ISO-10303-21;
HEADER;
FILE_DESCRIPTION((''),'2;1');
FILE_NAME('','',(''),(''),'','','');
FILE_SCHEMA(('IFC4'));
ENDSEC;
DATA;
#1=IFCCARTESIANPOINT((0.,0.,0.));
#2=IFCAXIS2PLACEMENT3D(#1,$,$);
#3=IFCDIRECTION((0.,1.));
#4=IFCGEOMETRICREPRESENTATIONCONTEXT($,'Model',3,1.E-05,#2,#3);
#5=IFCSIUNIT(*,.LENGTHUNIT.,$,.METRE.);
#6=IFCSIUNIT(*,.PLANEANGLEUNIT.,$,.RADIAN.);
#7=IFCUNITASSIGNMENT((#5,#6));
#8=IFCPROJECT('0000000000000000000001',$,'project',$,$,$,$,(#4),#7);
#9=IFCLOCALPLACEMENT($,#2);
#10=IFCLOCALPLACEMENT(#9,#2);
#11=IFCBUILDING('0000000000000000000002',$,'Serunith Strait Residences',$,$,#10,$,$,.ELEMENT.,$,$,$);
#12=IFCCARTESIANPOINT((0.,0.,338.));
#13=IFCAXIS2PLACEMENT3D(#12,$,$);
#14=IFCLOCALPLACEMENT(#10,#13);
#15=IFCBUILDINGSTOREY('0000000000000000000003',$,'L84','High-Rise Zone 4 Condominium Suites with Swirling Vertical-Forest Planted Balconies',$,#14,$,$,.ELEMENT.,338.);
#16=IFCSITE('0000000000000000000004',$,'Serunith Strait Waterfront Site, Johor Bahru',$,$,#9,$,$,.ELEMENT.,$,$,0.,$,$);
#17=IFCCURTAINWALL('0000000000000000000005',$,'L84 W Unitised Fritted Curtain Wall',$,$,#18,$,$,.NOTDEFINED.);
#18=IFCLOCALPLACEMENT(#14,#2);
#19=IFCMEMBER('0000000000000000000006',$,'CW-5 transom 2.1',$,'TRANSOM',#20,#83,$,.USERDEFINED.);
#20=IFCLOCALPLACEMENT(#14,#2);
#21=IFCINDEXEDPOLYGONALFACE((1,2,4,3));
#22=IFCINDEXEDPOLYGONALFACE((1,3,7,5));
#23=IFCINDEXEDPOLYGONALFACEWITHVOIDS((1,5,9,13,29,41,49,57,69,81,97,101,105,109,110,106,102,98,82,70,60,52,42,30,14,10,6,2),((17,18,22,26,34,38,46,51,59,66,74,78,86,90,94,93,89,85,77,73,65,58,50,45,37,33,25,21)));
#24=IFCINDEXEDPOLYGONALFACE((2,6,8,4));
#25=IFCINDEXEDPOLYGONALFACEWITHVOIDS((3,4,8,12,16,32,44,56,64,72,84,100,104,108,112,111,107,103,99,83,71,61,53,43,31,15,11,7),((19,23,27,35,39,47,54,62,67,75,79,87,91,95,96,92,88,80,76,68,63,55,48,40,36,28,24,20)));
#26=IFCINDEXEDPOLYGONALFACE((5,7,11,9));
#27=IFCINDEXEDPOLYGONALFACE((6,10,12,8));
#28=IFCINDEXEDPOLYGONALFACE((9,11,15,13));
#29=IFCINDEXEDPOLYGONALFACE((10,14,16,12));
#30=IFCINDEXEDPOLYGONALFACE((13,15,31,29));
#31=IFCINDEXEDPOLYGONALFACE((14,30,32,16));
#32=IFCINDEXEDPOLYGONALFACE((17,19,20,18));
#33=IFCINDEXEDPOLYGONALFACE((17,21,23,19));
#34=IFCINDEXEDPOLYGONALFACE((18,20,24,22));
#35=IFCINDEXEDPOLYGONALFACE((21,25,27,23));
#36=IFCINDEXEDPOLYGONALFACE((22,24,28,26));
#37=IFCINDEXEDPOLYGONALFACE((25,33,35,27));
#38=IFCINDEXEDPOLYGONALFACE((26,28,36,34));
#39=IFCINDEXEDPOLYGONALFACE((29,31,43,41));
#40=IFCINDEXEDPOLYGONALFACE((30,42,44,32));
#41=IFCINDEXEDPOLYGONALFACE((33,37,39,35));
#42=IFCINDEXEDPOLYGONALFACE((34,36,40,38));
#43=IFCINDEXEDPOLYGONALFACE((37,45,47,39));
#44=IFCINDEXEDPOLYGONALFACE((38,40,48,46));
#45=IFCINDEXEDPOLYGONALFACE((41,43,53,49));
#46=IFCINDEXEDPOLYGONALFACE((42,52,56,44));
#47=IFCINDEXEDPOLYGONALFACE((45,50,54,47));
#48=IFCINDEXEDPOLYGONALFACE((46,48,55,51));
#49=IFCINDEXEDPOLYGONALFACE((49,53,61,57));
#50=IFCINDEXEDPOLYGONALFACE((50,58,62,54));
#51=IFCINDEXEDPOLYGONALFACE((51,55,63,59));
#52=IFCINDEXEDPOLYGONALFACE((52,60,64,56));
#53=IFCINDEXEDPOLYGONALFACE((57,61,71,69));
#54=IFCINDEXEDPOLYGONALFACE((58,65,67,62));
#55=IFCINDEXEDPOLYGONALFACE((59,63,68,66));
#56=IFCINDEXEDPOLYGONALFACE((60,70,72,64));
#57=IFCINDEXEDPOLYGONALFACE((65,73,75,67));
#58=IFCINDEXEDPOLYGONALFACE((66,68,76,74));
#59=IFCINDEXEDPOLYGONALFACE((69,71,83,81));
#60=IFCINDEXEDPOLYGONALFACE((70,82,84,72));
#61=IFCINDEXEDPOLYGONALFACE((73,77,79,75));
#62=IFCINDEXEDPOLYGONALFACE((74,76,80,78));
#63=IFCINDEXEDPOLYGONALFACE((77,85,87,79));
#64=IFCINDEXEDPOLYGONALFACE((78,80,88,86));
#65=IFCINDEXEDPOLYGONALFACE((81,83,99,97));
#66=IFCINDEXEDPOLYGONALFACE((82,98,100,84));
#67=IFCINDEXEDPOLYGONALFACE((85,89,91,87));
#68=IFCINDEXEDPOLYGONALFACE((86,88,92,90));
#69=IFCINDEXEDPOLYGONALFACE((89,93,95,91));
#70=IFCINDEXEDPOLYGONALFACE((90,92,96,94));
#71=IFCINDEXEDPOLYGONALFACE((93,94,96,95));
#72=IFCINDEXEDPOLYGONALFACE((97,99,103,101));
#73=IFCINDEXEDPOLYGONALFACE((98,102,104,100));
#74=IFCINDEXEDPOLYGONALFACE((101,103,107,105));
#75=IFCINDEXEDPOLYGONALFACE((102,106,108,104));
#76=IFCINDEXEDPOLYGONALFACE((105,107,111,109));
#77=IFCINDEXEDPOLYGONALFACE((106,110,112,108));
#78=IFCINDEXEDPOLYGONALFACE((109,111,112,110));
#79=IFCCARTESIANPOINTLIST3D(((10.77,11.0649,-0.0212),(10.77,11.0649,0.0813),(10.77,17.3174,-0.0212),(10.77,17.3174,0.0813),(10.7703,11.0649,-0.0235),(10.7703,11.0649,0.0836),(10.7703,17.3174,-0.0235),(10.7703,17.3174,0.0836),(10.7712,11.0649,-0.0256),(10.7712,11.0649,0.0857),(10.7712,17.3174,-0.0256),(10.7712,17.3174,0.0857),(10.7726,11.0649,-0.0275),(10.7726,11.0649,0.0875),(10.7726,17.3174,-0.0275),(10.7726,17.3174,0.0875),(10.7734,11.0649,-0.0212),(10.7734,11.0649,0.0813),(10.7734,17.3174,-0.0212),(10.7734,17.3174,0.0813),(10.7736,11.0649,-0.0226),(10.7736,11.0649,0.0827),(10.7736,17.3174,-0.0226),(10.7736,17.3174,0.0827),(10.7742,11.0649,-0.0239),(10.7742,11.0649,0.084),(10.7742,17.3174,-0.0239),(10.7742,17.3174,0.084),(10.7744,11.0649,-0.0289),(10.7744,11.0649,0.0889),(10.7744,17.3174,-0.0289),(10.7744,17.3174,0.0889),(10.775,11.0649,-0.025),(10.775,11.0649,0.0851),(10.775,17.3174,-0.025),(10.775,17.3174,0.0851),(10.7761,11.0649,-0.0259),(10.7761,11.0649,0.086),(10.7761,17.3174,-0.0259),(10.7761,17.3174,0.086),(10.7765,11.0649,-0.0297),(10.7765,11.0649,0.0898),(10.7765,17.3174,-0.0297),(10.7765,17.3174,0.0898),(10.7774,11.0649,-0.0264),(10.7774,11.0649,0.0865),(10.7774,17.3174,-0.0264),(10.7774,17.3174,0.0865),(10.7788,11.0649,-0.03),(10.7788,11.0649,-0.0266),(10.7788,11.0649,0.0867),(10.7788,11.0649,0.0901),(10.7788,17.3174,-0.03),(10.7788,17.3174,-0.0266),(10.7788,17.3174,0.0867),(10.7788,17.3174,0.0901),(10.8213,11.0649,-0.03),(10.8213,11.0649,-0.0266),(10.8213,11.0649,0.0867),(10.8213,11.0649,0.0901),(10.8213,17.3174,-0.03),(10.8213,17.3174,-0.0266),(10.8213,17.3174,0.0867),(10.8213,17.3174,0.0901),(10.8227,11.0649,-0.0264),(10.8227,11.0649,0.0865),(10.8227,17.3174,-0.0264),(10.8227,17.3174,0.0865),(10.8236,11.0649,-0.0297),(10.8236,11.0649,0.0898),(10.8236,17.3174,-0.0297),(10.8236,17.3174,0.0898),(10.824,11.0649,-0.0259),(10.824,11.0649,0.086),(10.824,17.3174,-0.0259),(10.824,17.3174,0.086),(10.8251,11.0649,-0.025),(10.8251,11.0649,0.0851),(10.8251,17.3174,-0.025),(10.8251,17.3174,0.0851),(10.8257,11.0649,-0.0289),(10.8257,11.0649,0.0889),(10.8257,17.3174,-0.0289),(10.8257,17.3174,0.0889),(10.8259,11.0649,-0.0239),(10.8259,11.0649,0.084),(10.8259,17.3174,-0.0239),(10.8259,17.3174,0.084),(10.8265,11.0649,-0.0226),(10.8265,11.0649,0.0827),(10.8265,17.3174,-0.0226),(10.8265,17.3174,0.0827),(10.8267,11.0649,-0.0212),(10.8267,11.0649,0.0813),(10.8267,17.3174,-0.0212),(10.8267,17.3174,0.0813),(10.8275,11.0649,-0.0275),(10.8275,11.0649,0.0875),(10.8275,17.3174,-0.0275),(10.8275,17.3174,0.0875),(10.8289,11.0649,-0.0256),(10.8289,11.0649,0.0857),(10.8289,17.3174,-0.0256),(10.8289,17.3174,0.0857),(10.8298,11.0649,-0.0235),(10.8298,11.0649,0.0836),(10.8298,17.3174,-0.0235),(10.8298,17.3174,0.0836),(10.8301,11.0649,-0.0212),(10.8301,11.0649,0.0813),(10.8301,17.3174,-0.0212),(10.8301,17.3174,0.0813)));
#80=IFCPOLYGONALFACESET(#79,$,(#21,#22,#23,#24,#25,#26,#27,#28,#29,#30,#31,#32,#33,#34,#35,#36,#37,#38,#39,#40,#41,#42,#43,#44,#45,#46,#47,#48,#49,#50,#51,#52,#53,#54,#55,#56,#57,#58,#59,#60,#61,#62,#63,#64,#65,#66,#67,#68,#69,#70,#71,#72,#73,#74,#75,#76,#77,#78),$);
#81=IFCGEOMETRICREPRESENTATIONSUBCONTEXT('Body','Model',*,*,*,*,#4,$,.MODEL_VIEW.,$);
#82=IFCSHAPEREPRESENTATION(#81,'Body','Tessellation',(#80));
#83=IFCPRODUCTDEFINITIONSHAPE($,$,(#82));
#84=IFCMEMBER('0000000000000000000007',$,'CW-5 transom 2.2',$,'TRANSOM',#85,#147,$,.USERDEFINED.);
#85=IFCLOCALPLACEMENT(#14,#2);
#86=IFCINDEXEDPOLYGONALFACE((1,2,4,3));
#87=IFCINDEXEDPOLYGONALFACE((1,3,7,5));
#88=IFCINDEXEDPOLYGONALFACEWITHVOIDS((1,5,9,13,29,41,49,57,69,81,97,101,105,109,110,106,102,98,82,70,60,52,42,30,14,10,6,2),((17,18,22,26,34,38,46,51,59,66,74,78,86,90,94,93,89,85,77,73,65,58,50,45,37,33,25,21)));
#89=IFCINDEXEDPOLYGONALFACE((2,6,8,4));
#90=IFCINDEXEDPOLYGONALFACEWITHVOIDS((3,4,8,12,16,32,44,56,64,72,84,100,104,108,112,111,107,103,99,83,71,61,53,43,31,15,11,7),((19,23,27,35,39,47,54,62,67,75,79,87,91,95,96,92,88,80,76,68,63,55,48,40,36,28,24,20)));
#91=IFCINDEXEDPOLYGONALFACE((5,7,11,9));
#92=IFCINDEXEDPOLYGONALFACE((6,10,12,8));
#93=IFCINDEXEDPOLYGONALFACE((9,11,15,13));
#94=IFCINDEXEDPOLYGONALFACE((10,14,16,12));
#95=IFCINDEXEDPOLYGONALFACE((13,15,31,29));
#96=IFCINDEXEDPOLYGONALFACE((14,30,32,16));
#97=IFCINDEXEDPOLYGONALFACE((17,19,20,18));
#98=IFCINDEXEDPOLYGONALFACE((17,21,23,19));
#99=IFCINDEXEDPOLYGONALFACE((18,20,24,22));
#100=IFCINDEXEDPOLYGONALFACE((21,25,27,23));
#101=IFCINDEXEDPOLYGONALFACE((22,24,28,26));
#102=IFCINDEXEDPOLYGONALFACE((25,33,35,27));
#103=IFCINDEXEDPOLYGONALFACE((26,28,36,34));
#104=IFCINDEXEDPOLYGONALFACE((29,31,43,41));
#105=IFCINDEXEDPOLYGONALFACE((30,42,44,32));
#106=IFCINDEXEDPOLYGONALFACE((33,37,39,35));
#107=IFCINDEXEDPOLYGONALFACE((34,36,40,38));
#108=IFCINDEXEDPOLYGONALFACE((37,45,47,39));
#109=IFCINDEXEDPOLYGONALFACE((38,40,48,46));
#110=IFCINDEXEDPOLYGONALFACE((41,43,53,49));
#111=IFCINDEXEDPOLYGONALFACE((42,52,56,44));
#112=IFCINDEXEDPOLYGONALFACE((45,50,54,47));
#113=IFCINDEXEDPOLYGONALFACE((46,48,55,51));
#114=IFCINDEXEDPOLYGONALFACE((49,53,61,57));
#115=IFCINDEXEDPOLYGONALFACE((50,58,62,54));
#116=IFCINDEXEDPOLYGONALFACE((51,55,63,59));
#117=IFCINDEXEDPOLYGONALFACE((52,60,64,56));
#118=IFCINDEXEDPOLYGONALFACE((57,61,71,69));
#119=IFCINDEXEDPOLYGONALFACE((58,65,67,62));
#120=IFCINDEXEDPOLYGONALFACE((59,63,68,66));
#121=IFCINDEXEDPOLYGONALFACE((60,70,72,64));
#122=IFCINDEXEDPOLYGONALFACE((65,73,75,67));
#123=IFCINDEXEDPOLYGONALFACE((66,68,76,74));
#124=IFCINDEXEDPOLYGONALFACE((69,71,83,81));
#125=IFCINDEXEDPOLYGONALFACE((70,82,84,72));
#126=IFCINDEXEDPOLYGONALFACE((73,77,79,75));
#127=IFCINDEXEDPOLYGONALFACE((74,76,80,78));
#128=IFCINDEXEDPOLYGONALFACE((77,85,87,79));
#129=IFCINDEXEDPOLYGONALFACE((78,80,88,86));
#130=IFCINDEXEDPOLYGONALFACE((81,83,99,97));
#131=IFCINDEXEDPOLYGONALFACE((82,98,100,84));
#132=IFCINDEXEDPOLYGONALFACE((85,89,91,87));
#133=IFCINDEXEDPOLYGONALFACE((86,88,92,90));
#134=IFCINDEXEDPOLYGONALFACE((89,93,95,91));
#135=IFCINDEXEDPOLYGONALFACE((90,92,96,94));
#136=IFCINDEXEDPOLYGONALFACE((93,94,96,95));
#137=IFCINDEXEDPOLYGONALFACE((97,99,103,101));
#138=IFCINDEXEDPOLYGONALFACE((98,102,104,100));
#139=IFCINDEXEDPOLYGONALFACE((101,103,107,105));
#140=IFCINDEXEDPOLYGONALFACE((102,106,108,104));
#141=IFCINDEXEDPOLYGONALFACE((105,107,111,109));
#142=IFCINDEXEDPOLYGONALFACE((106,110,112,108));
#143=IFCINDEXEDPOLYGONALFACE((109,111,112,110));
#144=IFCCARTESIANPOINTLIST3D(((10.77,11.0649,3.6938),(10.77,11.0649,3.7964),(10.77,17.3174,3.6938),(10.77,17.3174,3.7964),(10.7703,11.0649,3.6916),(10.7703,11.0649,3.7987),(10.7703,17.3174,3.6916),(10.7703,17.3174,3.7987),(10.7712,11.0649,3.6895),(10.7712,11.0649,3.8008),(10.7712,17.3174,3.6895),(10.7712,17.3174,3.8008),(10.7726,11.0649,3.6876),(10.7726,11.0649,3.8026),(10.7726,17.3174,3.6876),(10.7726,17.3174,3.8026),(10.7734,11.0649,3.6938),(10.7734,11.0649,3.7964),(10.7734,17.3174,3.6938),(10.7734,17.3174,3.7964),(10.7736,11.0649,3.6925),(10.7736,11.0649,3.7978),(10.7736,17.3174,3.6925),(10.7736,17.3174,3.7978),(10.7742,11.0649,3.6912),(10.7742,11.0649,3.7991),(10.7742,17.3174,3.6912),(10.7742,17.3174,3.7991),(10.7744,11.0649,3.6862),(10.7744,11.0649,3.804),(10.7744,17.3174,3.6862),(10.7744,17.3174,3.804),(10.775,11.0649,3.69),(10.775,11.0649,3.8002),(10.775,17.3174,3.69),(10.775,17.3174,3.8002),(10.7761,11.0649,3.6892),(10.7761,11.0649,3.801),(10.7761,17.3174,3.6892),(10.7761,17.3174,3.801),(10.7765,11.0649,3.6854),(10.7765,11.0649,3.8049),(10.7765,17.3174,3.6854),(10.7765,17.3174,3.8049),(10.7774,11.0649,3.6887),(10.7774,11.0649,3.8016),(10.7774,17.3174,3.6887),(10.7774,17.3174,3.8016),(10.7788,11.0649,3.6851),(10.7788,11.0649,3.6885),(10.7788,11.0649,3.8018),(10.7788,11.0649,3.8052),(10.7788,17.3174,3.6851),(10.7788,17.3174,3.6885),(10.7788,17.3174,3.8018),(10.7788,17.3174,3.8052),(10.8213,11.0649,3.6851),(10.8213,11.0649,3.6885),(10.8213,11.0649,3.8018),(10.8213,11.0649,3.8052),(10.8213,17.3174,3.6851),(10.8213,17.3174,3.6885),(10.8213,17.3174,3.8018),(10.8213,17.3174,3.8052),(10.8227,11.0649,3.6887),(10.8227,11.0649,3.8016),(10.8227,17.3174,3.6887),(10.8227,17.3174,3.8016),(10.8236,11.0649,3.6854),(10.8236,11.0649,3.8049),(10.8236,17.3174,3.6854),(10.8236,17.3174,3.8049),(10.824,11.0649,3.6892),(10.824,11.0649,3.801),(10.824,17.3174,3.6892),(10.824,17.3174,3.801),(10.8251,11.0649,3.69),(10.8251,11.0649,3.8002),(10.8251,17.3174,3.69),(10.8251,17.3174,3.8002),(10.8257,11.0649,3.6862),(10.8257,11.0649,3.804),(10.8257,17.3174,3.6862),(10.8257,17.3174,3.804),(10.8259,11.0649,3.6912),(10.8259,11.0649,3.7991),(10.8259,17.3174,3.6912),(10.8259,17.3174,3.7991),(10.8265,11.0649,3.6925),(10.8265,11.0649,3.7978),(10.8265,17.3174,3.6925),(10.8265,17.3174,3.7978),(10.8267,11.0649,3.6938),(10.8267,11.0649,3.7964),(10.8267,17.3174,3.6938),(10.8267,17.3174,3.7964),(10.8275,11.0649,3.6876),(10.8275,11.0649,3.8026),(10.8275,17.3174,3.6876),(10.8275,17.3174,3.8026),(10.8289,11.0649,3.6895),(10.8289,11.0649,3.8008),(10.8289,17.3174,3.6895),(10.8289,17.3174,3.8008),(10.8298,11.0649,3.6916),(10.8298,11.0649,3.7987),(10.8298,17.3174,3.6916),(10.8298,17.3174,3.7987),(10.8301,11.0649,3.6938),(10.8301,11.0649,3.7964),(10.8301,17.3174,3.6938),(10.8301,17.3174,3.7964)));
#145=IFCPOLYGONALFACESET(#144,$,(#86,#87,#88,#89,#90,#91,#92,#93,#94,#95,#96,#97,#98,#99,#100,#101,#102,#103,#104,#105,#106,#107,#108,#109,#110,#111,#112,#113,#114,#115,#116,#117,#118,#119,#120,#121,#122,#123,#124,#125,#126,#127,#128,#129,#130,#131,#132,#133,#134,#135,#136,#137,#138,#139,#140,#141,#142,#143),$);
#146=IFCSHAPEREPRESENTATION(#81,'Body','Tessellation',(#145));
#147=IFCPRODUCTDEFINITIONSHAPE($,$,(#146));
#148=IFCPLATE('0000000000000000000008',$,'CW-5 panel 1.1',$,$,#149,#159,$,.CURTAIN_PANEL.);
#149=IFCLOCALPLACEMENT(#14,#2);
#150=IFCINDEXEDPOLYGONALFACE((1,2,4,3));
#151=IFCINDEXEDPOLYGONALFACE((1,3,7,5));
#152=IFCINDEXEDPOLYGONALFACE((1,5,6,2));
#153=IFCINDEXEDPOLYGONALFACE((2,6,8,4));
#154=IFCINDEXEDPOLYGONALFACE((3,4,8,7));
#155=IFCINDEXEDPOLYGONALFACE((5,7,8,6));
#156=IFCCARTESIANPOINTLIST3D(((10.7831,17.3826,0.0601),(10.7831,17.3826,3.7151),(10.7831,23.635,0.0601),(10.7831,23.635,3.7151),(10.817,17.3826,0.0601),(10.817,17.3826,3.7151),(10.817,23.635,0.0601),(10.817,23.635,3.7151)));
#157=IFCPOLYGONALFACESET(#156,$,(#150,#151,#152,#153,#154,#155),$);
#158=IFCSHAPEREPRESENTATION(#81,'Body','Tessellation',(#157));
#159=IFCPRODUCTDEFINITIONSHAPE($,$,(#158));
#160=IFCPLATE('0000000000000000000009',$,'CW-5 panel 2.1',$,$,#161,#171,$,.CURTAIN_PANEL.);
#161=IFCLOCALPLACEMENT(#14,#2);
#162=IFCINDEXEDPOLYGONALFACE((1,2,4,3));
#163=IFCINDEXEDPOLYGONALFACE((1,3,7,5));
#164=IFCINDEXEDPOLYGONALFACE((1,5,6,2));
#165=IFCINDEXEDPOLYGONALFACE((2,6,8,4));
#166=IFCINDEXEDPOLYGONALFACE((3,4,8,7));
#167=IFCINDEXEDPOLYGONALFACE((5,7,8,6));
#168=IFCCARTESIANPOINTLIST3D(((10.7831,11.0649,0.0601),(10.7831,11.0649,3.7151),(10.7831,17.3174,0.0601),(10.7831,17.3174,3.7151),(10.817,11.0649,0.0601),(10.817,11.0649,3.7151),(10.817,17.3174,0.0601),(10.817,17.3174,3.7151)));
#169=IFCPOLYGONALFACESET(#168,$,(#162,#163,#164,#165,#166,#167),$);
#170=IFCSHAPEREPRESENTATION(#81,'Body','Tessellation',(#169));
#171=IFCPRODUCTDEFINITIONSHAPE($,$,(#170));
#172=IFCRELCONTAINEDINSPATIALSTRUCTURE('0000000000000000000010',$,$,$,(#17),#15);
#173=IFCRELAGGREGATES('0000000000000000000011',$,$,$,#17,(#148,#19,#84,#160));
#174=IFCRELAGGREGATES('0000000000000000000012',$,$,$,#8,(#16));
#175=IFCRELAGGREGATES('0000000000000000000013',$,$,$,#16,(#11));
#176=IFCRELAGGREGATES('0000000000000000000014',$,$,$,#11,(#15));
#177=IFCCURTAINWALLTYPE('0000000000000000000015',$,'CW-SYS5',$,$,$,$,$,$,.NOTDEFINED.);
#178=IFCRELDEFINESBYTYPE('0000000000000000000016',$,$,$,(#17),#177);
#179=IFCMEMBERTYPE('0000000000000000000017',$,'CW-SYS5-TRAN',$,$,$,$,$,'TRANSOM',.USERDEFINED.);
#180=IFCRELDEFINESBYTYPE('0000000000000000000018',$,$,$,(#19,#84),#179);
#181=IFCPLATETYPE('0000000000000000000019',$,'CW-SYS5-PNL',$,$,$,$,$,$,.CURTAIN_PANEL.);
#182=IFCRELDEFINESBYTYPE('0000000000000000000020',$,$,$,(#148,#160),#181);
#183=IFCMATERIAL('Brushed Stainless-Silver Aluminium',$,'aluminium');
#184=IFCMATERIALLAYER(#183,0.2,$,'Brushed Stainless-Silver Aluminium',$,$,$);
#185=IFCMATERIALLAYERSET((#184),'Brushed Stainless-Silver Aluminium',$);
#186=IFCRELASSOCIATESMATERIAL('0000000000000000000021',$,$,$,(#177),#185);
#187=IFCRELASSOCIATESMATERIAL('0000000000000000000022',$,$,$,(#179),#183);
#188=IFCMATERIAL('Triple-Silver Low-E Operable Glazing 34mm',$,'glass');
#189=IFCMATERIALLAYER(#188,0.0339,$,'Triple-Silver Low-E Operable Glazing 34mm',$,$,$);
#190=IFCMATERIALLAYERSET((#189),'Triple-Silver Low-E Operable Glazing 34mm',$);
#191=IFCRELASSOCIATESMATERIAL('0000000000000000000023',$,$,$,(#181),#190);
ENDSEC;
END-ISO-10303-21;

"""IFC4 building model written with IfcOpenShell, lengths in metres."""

from ifc_helpers import new_model, si_unit, direction, frame, origin, origin_2d, place, context, subcontext, project, spatial, rectangle, hollow_rectangle, extrude, source, transform, mapped, material, layer, layer_set, material_profile, profile_set, type_object, element, aggregate, save


model = new_model("IFC4")

# Units and contexts
model_context = context("Model", 3, precision=1e-05, world=origin(), true_north=direction((0.0, 1.0)))
body_context = subcontext(model_context, "Body", "Model", "MODEL_VIEW")
ifc_project = project(units=[si_unit("LENGTHUNIT", "METRE"), si_unit("PLANEANGLEUNIT", "RADIAN")], contexts=[model_context])

# Site, building, storey
site_placement = place(None, origin())
site = spatial("IfcSite", under=ifc_project, at=site_placement, Name="Serunith Strait Waterfront Site, Johor Bahru", CompositionType="ELEMENT", RefElevation=0.0)
building_placement = place(site_placement, origin())
building = spatial("IfcBuilding", under=site, at=building_placement, Name="Serunith Strait Residences", CompositionType="ELEMENT")
storey_placement = place(building_placement, frame((0.0, 0.0, 338.0)))
storey = spatial("IfcBuildingStorey", under=building, at=storey_placement, Name="L84", Description="High-Rise Zone 4 Condominium Suites with Swirling Vertical-Forest Planted Balconies", CompositionType="ELEMENT", Elevation=338.0)

# Curtain wall, members, plates
ifc_material_1 = material(Name="Brushed Stainless-Silver Aluminium", Category="aluminium")
ifc_layer_1 = layer(ifc_material_1, 0.2, Name="Brushed Stainless-Silver Aluminium")
ifc_layer_set_1 = layer_set([ifc_layer_1], Name="Brushed Stainless-Silver Aluminium")
curtain_wall_type = type_object("IfcCurtainWallType", Name="CW-SYS5", PredefinedType="NOTDEFINED", material=ifc_layer_set_1)
curtain_wall_placement = place(storey_placement, origin())
curtain_wall = element("IfcCurtainWall", 1, at=curtain_wall_placement, inside=storey, type_object=curtain_wall_type, Name="L84 W Unitised Fritted Curtain Wall", PredefinedType="NOTDEFINED")
ifc_material_profile_1 = material_profile(ifc_material_1, hollow_rectangle(XDim=0.0601, YDim=0.1201, WallThickness=0.0034, InnerFilletRadius=0.0054, OuterFilletRadius=0.0088, at=origin_2d()), Name="ALU 120x60x3.5")
ifc_profile_set_1 = profile_set([ifc_material_profile_1], Name="Brushed Stainless-Silver Aluminium")
member_type_1 = type_object("IfcMemberType", Name="CW-SYS5-TRAN", ElementType="TRANSOM", PredefinedType="USERDEFINED", material=ifc_profile_set_1)
shared_shape_1 = source(origin(), body_context, "Body", "SweptSolid", [
    extrude(hollow_rectangle(XDim=0.0601, YDim=0.1201, WallThickness=0.0034, InnerFilletRadius=0.0054, OuterFilletRadius=0.0088, at=origin_2d()), origin(), (0.0, 0.0, 1.0), 6.2524),
])
member_1_placement = place(storey_placement, frame((10.8, 17.3174, 0.03), z_axis=(0.0, -1.0, 0.0), x_axis=(1.0, 0.0, 0.0)))
member_1 = element("IfcMember", 2, at=member_1_placement, type_object=member_type_1, Name="CW-5 transom 2.1", ObjectType="TRANSOM", PredefinedType="USERDEFINED", context=body_context, shape_type="MappedRepresentation", body=[
    mapped(shared_shape_1, transform((0.0, 0.0, 0.0), scale=1.0)),
])
member_2_placement = place(storey_placement, frame((10.8, 17.3174, 3.7451), z_axis=(0.0, -1.0, 0.0), x_axis=(1.0, 0.0, 0.0)))
member_2 = element("IfcMember", 3, at=member_2_placement, type_object=member_type_1, Name="CW-5 transom 2.2", ObjectType="TRANSOM", PredefinedType="USERDEFINED", context=body_context, shape_type="MappedRepresentation", body=[
    mapped(shared_shape_1, transform((0.0, 0.0, 0.0), scale=1.0)),
])
ifc_material_2 = material(Name="Triple-Silver Low-E Operable Glazing 34mm", Category="glass")
ifc_layer_2 = layer(ifc_material_2, 0.0339, Name="Triple-Silver Low-E Operable Glazing 34mm")
ifc_layer_set_2 = layer_set([ifc_layer_2], Name="Triple-Silver Low-E Operable Glazing 34mm")
plate_type = type_object("IfcPlateType", Name="CW-SYS5-PNL", PredefinedType="CURTAIN_PANEL", material=ifc_layer_set_2)
shared_shape_2 = source(origin(), body_context, "Body", "SweptSolid", [
    extrude(rectangle(XDim=6.2524, YDim=0.0339, at=origin_2d()), origin(), (0.0, 0.0, 1.0), 3.655),
])
plate_1_placement = place(storey_placement, frame((10.8, 20.5088, 0.0601), z_axis=(0.0, 0.0, 1.0), x_axis=(0.0, -1.0, 0.0)))
plate_1 = element("IfcPlate", 4, at=plate_1_placement, type_object=plate_type, Name="CW-5 panel 1.1", PredefinedType="CURTAIN_PANEL", context=body_context, shape_type="MappedRepresentation", body=[
    mapped(shared_shape_2, transform((0.0, 0.0, 0.0), scale=1.0)),
])
plate_2_placement = place(storey_placement, frame((10.8, 14.1912, 0.0601), z_axis=(0.0, 0.0, 1.0), x_axis=(0.0, -1.0, 0.0)))
plate_2 = element("IfcPlate", 5, at=plate_2_placement, type_object=plate_type, Name="CW-5 panel 2.1", PredefinedType="CURTAIN_PANEL", context=body_context, shape_type="MappedRepresentation", body=[
    mapped(shared_shape_2, transform((0.0, 0.0, 0.0), scale=1.0)),
])
aggregate(curtain_wall, [plate_1, member_1, member_2, plate_2])

save(model, "model.ifc")
